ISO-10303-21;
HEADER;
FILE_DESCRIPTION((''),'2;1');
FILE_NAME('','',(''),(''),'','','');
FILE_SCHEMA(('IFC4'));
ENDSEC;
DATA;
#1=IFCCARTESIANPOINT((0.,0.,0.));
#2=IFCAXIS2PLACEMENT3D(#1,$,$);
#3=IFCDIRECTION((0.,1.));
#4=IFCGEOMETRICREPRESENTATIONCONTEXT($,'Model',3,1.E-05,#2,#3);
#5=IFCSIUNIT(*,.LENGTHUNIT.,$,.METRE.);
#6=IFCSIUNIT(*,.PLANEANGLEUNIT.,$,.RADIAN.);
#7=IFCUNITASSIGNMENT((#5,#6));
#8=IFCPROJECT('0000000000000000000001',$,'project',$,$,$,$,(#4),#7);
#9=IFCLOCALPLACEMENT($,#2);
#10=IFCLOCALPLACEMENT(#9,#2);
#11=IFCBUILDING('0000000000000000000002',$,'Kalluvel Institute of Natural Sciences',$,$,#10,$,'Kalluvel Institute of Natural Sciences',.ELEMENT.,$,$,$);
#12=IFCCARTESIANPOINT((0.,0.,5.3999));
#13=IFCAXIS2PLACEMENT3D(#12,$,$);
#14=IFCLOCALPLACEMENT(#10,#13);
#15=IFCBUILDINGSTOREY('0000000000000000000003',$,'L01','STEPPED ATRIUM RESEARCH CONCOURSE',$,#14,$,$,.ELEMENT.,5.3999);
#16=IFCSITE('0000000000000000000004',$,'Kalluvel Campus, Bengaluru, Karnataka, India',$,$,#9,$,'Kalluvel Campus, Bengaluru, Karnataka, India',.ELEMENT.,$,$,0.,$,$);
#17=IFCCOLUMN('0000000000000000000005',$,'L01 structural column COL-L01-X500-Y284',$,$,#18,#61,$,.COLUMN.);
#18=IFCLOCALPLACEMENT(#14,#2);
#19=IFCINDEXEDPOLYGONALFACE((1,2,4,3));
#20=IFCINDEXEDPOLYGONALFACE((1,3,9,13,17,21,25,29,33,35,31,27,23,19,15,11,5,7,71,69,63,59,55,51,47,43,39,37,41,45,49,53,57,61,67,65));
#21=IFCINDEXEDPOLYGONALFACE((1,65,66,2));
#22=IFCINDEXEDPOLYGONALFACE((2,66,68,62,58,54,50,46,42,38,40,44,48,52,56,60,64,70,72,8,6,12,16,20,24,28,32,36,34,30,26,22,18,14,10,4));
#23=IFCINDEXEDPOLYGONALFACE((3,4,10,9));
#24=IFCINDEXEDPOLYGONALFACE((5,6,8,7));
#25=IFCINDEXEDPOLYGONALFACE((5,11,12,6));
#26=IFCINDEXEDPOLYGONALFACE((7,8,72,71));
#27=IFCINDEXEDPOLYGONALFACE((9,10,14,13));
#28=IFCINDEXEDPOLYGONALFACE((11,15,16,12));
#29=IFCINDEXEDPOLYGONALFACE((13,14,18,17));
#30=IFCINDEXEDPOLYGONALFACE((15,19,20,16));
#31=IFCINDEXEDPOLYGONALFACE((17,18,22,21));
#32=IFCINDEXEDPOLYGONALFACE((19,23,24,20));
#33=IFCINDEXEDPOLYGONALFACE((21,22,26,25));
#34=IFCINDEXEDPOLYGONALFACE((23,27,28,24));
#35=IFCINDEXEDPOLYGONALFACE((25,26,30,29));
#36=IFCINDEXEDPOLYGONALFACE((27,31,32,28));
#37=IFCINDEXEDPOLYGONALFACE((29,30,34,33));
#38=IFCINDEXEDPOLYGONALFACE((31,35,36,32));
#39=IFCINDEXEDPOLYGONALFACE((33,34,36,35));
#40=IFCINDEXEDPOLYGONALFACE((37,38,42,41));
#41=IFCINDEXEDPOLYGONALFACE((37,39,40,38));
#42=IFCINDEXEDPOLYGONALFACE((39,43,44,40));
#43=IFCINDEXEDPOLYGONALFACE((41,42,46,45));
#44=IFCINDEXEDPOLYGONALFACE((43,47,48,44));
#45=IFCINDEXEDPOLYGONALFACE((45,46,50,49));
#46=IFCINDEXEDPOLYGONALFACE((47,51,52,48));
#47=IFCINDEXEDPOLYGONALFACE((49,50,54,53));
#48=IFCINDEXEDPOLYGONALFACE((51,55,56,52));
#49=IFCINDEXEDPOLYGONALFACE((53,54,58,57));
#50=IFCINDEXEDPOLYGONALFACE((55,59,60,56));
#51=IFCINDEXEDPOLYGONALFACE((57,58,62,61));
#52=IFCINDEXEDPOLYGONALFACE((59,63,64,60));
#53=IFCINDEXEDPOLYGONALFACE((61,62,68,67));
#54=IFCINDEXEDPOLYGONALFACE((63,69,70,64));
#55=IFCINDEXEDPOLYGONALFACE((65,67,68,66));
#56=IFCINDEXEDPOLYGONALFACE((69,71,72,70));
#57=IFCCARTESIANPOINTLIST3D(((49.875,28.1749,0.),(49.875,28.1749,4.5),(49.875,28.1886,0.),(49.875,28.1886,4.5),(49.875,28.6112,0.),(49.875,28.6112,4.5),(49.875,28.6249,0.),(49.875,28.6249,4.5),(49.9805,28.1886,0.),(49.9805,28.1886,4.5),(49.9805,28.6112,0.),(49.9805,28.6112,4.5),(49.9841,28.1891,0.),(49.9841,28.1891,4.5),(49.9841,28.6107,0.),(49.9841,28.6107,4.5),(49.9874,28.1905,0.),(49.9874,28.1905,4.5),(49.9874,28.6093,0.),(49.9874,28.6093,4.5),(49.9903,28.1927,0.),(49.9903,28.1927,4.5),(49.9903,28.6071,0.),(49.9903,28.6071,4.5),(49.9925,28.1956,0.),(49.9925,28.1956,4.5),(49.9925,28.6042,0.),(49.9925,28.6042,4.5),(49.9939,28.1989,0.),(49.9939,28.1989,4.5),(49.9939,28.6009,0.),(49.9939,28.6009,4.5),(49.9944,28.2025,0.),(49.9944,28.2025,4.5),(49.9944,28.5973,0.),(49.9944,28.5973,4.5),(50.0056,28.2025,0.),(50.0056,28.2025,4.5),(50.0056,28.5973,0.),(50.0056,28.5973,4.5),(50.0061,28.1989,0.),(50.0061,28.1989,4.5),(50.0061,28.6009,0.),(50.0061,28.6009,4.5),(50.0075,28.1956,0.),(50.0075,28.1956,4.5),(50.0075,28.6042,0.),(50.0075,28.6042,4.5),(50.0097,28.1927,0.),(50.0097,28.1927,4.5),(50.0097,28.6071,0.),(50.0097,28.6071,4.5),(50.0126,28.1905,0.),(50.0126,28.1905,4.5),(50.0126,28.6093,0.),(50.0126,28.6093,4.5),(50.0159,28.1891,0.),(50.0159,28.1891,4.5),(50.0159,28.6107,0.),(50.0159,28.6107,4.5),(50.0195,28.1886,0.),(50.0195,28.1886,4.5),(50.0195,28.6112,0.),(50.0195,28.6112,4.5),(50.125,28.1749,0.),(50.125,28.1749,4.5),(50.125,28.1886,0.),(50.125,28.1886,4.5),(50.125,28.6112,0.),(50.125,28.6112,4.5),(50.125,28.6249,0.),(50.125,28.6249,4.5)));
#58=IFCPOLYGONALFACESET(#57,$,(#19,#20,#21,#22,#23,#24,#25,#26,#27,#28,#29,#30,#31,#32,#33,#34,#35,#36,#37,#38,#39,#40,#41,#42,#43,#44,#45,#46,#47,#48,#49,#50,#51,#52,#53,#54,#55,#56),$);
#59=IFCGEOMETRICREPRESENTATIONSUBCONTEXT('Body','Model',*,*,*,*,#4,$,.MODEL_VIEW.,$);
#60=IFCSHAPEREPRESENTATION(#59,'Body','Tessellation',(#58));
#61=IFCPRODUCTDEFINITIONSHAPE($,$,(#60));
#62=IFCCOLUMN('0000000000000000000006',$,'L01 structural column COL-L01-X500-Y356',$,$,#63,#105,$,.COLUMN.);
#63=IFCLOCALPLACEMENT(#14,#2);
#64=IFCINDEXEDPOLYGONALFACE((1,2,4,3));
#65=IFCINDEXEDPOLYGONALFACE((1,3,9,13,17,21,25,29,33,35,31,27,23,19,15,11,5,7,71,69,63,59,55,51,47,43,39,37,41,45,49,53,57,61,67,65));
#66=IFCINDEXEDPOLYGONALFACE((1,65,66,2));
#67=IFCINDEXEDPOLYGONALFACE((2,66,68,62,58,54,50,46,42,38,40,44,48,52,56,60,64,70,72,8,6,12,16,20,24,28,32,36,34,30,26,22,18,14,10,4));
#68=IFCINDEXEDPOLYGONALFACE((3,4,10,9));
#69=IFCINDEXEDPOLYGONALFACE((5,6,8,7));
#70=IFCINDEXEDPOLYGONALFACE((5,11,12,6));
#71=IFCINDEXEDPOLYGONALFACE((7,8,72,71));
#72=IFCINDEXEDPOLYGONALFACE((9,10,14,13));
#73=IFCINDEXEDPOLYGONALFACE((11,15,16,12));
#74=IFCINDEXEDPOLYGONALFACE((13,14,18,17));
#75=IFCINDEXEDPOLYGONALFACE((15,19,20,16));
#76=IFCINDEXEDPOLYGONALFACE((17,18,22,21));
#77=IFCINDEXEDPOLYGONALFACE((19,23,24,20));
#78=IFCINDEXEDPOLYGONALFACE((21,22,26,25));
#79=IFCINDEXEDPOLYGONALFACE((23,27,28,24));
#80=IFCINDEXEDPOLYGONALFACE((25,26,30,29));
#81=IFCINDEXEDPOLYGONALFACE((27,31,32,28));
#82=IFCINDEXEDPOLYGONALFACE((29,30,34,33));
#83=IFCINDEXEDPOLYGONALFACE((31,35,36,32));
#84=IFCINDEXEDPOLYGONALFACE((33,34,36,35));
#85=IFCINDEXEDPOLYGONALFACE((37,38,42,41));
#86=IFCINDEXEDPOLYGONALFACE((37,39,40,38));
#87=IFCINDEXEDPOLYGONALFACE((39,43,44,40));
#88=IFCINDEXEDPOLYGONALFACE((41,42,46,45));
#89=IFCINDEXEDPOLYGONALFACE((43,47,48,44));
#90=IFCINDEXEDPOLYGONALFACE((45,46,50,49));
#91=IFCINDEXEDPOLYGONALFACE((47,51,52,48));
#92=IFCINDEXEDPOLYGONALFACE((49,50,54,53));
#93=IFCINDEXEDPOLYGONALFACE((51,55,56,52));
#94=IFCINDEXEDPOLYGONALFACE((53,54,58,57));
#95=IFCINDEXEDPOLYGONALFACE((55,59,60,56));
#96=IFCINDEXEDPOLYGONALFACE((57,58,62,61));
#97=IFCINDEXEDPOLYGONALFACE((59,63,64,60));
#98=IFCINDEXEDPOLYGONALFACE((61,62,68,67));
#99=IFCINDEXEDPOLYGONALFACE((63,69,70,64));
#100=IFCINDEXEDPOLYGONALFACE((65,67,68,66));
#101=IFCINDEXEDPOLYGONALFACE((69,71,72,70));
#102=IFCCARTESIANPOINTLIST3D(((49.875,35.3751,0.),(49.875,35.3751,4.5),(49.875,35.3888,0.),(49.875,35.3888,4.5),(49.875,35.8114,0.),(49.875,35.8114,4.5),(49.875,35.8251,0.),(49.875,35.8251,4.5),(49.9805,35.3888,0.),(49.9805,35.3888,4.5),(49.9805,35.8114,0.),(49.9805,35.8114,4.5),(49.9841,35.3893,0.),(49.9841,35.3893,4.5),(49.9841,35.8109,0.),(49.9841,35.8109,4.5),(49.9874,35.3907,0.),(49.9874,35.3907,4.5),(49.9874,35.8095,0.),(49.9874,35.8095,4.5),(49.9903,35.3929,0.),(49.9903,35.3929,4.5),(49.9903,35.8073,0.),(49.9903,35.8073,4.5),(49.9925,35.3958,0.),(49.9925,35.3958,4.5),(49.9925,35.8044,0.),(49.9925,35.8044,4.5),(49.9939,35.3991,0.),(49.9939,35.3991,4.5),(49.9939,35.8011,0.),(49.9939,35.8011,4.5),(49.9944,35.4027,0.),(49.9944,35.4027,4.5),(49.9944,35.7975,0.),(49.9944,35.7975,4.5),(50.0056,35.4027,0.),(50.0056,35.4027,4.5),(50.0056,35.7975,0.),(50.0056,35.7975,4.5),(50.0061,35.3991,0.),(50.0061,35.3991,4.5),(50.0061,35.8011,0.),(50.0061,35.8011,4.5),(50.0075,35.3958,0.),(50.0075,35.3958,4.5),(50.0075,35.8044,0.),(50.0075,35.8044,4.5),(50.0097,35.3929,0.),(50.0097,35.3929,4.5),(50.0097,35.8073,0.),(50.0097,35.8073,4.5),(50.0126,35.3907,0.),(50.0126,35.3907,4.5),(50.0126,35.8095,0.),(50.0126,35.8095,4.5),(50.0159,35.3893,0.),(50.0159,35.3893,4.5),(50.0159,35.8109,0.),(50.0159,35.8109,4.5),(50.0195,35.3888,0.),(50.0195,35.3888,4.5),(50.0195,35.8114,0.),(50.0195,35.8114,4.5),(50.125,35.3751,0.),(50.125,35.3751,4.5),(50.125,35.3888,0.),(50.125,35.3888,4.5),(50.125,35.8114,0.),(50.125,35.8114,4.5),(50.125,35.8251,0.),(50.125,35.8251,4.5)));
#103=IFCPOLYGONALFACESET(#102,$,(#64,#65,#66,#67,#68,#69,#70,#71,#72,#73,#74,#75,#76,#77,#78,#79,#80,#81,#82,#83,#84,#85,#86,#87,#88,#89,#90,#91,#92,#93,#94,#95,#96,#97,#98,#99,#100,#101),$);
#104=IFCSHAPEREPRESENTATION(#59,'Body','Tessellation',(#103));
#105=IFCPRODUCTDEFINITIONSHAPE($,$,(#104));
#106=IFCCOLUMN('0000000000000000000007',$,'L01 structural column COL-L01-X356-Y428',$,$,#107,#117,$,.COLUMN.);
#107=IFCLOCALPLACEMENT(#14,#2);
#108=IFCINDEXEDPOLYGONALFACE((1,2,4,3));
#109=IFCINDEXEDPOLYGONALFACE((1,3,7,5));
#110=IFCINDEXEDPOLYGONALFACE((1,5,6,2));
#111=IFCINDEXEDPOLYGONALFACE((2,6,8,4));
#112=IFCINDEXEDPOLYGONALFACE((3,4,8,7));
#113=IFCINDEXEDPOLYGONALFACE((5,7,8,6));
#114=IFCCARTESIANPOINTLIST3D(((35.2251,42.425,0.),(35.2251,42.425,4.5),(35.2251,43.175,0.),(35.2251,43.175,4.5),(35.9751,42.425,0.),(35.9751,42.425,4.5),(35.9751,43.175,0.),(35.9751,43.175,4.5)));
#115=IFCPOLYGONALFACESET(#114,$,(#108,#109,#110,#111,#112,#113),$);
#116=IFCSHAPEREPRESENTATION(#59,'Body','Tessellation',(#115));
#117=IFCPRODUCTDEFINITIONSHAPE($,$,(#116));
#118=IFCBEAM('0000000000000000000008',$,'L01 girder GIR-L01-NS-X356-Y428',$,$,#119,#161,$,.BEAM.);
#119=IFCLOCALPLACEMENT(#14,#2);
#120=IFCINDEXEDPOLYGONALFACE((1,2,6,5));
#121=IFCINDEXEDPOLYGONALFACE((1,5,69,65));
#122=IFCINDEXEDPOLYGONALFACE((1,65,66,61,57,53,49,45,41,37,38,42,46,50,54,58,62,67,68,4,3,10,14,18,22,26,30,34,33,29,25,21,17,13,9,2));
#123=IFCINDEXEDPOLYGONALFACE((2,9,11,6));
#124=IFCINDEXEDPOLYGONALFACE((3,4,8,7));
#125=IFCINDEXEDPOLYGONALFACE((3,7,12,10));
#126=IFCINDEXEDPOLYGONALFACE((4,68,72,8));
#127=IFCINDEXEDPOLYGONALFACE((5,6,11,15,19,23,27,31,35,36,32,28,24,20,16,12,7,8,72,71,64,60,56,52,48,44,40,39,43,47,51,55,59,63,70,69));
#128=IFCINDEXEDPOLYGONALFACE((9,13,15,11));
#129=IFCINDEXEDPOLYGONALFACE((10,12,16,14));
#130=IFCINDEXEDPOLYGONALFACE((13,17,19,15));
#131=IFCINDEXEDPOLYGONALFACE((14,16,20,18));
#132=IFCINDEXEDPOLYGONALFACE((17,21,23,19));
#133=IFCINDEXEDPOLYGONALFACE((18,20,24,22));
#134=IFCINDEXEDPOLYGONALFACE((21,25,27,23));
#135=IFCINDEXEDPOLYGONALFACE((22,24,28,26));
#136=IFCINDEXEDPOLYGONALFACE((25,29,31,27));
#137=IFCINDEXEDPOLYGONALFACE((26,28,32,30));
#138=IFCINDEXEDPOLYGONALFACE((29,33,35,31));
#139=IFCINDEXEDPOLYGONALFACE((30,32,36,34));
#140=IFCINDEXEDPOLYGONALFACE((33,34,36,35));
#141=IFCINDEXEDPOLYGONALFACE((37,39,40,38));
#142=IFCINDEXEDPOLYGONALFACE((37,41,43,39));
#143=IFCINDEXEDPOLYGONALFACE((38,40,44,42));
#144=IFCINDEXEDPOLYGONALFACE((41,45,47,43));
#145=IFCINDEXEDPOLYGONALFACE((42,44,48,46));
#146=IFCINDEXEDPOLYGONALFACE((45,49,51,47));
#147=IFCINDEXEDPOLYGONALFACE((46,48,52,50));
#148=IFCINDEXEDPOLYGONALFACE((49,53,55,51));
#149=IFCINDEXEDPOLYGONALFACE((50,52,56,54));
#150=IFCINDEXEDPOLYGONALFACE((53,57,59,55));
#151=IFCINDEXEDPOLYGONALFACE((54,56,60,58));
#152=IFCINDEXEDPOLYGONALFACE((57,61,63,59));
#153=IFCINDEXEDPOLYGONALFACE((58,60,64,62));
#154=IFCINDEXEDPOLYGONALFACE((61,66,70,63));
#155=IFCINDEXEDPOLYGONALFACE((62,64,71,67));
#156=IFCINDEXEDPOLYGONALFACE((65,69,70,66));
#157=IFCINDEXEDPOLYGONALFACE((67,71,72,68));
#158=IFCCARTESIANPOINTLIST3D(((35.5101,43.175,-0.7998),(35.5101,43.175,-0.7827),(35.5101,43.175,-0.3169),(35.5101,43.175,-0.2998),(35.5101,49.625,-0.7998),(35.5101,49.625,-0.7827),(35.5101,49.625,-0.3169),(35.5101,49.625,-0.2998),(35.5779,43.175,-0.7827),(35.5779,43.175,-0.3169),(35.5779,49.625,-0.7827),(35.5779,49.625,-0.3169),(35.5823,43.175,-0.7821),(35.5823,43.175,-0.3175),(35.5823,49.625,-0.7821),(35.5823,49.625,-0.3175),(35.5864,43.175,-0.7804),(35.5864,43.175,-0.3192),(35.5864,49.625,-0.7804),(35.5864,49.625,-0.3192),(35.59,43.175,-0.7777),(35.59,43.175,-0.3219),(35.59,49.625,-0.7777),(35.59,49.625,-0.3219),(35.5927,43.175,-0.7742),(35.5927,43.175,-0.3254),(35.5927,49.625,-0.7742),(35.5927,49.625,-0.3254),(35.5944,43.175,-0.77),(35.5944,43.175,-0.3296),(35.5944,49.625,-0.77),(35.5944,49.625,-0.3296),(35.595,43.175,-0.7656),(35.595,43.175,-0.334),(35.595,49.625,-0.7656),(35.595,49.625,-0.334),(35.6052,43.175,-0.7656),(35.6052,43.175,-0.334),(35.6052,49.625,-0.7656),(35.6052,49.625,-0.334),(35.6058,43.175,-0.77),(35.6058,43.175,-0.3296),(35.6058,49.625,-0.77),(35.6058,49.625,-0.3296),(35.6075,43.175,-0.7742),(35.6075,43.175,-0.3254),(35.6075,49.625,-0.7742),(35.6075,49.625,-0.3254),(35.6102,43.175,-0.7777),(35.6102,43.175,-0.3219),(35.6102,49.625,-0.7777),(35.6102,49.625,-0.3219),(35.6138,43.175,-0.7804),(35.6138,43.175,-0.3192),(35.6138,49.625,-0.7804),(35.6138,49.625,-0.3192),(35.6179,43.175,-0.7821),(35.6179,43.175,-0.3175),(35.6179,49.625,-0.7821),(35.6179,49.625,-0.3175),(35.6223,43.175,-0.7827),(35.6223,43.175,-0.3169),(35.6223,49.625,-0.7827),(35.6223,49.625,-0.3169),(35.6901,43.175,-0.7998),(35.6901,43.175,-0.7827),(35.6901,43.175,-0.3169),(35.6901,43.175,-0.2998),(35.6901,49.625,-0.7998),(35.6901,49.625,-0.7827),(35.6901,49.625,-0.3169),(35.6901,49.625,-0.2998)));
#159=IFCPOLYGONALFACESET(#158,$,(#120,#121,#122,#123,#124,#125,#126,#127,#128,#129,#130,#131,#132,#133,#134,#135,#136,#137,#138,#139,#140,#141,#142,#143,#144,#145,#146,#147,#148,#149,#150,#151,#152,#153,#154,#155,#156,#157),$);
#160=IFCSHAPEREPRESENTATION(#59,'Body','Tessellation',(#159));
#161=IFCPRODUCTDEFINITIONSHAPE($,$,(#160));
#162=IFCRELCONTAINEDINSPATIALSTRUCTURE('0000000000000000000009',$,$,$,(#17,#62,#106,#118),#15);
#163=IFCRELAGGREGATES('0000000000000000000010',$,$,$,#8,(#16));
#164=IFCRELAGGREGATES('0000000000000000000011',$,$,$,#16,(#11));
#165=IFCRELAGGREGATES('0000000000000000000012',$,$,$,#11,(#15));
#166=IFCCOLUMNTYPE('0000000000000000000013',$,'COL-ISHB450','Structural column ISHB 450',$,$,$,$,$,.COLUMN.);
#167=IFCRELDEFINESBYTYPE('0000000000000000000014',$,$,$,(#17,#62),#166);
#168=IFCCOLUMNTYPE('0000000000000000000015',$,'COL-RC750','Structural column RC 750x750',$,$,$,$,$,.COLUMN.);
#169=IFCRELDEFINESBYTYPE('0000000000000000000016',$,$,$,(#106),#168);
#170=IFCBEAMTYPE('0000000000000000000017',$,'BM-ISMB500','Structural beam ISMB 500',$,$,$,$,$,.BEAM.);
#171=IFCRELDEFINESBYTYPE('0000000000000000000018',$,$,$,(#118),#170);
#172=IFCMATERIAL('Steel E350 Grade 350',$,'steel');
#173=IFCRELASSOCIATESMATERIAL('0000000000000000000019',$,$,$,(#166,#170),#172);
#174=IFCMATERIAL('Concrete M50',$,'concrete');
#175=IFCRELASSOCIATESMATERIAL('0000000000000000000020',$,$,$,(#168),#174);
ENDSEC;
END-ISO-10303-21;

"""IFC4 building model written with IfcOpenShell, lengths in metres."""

from ifc_helpers import new_model, si_unit, direction, frame, origin, origin_2d, place, context, subcontext, project, spatial, rectangle, i_section, extrude, material, material_profile, profile_set, type_object, element, save


model = new_model("IFC4")

# Units and contexts
model_context = context("Model", 3, precision=1e-05, world=origin(), true_north=direction((0.0, 1.0)))
body_context = subcontext(model_context, "Body", "Model", "MODEL_VIEW")
ifc_project = project(units=[si_unit("LENGTHUNIT", "METRE"), si_unit("PLANEANGLEUNIT", "RADIAN")], contexts=[model_context])

# Site, building, storey
site_placement = place(None, origin())
site = spatial("IfcSite", under=ifc_project, at=site_placement, Name="Kalluvel Campus, Bengaluru, Karnataka, India", LongName="Kalluvel Campus, Bengaluru, Karnataka, India", CompositionType="ELEMENT", RefElevation=0.0)
building_placement = place(site_placement, origin())
building = spatial("IfcBuilding", under=site, at=building_placement, Name="Kalluvel Institute of Natural Sciences", LongName="Kalluvel Institute of Natural Sciences", CompositionType="ELEMENT")
storey_placement = place(building_placement, frame((0.0, 0.0, 5.3999)))
storey = spatial("IfcBuildingStorey", under=building, at=storey_placement, Name="L01", Description="STEPPED ATRIUM RESEARCH CONCOURSE", CompositionType="ELEMENT", Elevation=5.3999)

# Columns
ifc_material_1 = material(Name="Steel E350 Grade 350", Category="steel")
ifc_material_profile_1 = material_profile(ifc_material_1, i_section(OverallWidth=0.25, OverallDepth=0.45, WebThickness=0.0112, FlangeThickness=0.0137, FilletRadius=0.0139, at=origin_2d()), Name="ISHB 450")
ifc_profile_set_1 = profile_set([ifc_material_profile_1], Name="Steel E350 Grade 350")
column_type_1 = type_object("IfcColumnType", Name="COL-ISHB450", Description="Structural column ISHB 450", PredefinedType="COLUMN", material=ifc_profile_set_1)
for number, where, z_axis, x_axis, name in (
    (1, (50.0, 28.3999, 0.0), (0.0, 0.0, 1.0), (1.0, 0.0, 0.0), "L01 structural column COL-L01-X500-Y284"),
    (2, (50.0, 35.6001, 0.0), (0.0, 0.0, 1.0), (1.0, 0.0, 0.0), "L01 structural column COL-L01-X500-Y356"),
):
    element("IfcColumn", number, at=place(storey_placement, frame(where, z_axis=z_axis, x_axis=x_axis)), inside=storey, type_object=column_type_1, Name=name, PredefinedType="COLUMN", context=body_context, shape_type="SweptSolid", body=[
        extrude(i_section(OverallWidth=0.25, OverallDepth=0.45, WebThickness=0.0112, FlangeThickness=0.0137, FilletRadius=0.0139, at=origin_2d()), origin(), (0.0, 0.0, 1.0), 4.5),
    ])
ifc_material_2 = material(Name="Concrete M50", Category="concrete")
ifc_material_profile_2 = material_profile(ifc_material_2, rectangle(XDim=0.75, YDim=0.75, at=origin_2d()), Name="RC 750x750")
ifc_profile_set_2 = profile_set([ifc_material_profile_2], Name="Concrete M50")
column_type_2 = type_object("IfcColumnType", Name="COL-RC750", Description="Structural column RC 750x750", PredefinedType="COLUMN", material=ifc_profile_set_2)
column_placement = place(storey_placement, frame((35.6001, 42.8, 0.0), z_axis=(0.0, 0.0, 1.0), x_axis=(1.0, 0.0, 0.0)))
element("IfcColumn", 3, at=column_placement, inside=storey, type_object=column_type_2, Name="L01 structural column COL-L01-X356-Y428", PredefinedType="COLUMN", context=body_context, shape_type="SweptSolid", body=[
    extrude(rectangle(XDim=0.75, YDim=0.75, at=origin_2d()), origin(), (0.0, 0.0, 1.0), 4.5),
])

# Beam
ifc_material_profile_3 = material_profile(ifc_material_1, i_section(OverallWidth=0.1799, OverallDepth=0.5, WebThickness=0.0103, FlangeThickness=0.0171, FilletRadius=0.0171, at=origin_2d()), Name="ISMB 500")
ifc_profile_set_3 = profile_set([ifc_material_profile_3], Name="Steel E350 Grade 350")
beam_type_1 = type_object("IfcBeamType", Name="BM-ISMB500", Description="Structural beam ISMB 500", PredefinedType="BEAM", material=ifc_profile_set_3)
beam_1_placement = place(storey_placement, frame((35.6001, 43.175, -0.5498), z_axis=(0.0, 1.0, 0.0), x_axis=(-1.0, 0.0, 0.0)))
element("IfcBeam", 4, at=beam_1_placement, inside=storey, type_object=beam_type_1, Name="L01 girder GIR-L01-NS-X356-Y428", PredefinedType="BEAM", context=body_context, shape_type="SweptSolid", body=[
    extrude(i_section(OverallWidth=0.1799, OverallDepth=0.5, WebThickness=0.0103, FlangeThickness=0.0171, FilletRadius=0.0171, at=origin_2d()), origin(), (0.0, 0.0, 1.0), 6.45),
])

save(model, "model.ifc")
